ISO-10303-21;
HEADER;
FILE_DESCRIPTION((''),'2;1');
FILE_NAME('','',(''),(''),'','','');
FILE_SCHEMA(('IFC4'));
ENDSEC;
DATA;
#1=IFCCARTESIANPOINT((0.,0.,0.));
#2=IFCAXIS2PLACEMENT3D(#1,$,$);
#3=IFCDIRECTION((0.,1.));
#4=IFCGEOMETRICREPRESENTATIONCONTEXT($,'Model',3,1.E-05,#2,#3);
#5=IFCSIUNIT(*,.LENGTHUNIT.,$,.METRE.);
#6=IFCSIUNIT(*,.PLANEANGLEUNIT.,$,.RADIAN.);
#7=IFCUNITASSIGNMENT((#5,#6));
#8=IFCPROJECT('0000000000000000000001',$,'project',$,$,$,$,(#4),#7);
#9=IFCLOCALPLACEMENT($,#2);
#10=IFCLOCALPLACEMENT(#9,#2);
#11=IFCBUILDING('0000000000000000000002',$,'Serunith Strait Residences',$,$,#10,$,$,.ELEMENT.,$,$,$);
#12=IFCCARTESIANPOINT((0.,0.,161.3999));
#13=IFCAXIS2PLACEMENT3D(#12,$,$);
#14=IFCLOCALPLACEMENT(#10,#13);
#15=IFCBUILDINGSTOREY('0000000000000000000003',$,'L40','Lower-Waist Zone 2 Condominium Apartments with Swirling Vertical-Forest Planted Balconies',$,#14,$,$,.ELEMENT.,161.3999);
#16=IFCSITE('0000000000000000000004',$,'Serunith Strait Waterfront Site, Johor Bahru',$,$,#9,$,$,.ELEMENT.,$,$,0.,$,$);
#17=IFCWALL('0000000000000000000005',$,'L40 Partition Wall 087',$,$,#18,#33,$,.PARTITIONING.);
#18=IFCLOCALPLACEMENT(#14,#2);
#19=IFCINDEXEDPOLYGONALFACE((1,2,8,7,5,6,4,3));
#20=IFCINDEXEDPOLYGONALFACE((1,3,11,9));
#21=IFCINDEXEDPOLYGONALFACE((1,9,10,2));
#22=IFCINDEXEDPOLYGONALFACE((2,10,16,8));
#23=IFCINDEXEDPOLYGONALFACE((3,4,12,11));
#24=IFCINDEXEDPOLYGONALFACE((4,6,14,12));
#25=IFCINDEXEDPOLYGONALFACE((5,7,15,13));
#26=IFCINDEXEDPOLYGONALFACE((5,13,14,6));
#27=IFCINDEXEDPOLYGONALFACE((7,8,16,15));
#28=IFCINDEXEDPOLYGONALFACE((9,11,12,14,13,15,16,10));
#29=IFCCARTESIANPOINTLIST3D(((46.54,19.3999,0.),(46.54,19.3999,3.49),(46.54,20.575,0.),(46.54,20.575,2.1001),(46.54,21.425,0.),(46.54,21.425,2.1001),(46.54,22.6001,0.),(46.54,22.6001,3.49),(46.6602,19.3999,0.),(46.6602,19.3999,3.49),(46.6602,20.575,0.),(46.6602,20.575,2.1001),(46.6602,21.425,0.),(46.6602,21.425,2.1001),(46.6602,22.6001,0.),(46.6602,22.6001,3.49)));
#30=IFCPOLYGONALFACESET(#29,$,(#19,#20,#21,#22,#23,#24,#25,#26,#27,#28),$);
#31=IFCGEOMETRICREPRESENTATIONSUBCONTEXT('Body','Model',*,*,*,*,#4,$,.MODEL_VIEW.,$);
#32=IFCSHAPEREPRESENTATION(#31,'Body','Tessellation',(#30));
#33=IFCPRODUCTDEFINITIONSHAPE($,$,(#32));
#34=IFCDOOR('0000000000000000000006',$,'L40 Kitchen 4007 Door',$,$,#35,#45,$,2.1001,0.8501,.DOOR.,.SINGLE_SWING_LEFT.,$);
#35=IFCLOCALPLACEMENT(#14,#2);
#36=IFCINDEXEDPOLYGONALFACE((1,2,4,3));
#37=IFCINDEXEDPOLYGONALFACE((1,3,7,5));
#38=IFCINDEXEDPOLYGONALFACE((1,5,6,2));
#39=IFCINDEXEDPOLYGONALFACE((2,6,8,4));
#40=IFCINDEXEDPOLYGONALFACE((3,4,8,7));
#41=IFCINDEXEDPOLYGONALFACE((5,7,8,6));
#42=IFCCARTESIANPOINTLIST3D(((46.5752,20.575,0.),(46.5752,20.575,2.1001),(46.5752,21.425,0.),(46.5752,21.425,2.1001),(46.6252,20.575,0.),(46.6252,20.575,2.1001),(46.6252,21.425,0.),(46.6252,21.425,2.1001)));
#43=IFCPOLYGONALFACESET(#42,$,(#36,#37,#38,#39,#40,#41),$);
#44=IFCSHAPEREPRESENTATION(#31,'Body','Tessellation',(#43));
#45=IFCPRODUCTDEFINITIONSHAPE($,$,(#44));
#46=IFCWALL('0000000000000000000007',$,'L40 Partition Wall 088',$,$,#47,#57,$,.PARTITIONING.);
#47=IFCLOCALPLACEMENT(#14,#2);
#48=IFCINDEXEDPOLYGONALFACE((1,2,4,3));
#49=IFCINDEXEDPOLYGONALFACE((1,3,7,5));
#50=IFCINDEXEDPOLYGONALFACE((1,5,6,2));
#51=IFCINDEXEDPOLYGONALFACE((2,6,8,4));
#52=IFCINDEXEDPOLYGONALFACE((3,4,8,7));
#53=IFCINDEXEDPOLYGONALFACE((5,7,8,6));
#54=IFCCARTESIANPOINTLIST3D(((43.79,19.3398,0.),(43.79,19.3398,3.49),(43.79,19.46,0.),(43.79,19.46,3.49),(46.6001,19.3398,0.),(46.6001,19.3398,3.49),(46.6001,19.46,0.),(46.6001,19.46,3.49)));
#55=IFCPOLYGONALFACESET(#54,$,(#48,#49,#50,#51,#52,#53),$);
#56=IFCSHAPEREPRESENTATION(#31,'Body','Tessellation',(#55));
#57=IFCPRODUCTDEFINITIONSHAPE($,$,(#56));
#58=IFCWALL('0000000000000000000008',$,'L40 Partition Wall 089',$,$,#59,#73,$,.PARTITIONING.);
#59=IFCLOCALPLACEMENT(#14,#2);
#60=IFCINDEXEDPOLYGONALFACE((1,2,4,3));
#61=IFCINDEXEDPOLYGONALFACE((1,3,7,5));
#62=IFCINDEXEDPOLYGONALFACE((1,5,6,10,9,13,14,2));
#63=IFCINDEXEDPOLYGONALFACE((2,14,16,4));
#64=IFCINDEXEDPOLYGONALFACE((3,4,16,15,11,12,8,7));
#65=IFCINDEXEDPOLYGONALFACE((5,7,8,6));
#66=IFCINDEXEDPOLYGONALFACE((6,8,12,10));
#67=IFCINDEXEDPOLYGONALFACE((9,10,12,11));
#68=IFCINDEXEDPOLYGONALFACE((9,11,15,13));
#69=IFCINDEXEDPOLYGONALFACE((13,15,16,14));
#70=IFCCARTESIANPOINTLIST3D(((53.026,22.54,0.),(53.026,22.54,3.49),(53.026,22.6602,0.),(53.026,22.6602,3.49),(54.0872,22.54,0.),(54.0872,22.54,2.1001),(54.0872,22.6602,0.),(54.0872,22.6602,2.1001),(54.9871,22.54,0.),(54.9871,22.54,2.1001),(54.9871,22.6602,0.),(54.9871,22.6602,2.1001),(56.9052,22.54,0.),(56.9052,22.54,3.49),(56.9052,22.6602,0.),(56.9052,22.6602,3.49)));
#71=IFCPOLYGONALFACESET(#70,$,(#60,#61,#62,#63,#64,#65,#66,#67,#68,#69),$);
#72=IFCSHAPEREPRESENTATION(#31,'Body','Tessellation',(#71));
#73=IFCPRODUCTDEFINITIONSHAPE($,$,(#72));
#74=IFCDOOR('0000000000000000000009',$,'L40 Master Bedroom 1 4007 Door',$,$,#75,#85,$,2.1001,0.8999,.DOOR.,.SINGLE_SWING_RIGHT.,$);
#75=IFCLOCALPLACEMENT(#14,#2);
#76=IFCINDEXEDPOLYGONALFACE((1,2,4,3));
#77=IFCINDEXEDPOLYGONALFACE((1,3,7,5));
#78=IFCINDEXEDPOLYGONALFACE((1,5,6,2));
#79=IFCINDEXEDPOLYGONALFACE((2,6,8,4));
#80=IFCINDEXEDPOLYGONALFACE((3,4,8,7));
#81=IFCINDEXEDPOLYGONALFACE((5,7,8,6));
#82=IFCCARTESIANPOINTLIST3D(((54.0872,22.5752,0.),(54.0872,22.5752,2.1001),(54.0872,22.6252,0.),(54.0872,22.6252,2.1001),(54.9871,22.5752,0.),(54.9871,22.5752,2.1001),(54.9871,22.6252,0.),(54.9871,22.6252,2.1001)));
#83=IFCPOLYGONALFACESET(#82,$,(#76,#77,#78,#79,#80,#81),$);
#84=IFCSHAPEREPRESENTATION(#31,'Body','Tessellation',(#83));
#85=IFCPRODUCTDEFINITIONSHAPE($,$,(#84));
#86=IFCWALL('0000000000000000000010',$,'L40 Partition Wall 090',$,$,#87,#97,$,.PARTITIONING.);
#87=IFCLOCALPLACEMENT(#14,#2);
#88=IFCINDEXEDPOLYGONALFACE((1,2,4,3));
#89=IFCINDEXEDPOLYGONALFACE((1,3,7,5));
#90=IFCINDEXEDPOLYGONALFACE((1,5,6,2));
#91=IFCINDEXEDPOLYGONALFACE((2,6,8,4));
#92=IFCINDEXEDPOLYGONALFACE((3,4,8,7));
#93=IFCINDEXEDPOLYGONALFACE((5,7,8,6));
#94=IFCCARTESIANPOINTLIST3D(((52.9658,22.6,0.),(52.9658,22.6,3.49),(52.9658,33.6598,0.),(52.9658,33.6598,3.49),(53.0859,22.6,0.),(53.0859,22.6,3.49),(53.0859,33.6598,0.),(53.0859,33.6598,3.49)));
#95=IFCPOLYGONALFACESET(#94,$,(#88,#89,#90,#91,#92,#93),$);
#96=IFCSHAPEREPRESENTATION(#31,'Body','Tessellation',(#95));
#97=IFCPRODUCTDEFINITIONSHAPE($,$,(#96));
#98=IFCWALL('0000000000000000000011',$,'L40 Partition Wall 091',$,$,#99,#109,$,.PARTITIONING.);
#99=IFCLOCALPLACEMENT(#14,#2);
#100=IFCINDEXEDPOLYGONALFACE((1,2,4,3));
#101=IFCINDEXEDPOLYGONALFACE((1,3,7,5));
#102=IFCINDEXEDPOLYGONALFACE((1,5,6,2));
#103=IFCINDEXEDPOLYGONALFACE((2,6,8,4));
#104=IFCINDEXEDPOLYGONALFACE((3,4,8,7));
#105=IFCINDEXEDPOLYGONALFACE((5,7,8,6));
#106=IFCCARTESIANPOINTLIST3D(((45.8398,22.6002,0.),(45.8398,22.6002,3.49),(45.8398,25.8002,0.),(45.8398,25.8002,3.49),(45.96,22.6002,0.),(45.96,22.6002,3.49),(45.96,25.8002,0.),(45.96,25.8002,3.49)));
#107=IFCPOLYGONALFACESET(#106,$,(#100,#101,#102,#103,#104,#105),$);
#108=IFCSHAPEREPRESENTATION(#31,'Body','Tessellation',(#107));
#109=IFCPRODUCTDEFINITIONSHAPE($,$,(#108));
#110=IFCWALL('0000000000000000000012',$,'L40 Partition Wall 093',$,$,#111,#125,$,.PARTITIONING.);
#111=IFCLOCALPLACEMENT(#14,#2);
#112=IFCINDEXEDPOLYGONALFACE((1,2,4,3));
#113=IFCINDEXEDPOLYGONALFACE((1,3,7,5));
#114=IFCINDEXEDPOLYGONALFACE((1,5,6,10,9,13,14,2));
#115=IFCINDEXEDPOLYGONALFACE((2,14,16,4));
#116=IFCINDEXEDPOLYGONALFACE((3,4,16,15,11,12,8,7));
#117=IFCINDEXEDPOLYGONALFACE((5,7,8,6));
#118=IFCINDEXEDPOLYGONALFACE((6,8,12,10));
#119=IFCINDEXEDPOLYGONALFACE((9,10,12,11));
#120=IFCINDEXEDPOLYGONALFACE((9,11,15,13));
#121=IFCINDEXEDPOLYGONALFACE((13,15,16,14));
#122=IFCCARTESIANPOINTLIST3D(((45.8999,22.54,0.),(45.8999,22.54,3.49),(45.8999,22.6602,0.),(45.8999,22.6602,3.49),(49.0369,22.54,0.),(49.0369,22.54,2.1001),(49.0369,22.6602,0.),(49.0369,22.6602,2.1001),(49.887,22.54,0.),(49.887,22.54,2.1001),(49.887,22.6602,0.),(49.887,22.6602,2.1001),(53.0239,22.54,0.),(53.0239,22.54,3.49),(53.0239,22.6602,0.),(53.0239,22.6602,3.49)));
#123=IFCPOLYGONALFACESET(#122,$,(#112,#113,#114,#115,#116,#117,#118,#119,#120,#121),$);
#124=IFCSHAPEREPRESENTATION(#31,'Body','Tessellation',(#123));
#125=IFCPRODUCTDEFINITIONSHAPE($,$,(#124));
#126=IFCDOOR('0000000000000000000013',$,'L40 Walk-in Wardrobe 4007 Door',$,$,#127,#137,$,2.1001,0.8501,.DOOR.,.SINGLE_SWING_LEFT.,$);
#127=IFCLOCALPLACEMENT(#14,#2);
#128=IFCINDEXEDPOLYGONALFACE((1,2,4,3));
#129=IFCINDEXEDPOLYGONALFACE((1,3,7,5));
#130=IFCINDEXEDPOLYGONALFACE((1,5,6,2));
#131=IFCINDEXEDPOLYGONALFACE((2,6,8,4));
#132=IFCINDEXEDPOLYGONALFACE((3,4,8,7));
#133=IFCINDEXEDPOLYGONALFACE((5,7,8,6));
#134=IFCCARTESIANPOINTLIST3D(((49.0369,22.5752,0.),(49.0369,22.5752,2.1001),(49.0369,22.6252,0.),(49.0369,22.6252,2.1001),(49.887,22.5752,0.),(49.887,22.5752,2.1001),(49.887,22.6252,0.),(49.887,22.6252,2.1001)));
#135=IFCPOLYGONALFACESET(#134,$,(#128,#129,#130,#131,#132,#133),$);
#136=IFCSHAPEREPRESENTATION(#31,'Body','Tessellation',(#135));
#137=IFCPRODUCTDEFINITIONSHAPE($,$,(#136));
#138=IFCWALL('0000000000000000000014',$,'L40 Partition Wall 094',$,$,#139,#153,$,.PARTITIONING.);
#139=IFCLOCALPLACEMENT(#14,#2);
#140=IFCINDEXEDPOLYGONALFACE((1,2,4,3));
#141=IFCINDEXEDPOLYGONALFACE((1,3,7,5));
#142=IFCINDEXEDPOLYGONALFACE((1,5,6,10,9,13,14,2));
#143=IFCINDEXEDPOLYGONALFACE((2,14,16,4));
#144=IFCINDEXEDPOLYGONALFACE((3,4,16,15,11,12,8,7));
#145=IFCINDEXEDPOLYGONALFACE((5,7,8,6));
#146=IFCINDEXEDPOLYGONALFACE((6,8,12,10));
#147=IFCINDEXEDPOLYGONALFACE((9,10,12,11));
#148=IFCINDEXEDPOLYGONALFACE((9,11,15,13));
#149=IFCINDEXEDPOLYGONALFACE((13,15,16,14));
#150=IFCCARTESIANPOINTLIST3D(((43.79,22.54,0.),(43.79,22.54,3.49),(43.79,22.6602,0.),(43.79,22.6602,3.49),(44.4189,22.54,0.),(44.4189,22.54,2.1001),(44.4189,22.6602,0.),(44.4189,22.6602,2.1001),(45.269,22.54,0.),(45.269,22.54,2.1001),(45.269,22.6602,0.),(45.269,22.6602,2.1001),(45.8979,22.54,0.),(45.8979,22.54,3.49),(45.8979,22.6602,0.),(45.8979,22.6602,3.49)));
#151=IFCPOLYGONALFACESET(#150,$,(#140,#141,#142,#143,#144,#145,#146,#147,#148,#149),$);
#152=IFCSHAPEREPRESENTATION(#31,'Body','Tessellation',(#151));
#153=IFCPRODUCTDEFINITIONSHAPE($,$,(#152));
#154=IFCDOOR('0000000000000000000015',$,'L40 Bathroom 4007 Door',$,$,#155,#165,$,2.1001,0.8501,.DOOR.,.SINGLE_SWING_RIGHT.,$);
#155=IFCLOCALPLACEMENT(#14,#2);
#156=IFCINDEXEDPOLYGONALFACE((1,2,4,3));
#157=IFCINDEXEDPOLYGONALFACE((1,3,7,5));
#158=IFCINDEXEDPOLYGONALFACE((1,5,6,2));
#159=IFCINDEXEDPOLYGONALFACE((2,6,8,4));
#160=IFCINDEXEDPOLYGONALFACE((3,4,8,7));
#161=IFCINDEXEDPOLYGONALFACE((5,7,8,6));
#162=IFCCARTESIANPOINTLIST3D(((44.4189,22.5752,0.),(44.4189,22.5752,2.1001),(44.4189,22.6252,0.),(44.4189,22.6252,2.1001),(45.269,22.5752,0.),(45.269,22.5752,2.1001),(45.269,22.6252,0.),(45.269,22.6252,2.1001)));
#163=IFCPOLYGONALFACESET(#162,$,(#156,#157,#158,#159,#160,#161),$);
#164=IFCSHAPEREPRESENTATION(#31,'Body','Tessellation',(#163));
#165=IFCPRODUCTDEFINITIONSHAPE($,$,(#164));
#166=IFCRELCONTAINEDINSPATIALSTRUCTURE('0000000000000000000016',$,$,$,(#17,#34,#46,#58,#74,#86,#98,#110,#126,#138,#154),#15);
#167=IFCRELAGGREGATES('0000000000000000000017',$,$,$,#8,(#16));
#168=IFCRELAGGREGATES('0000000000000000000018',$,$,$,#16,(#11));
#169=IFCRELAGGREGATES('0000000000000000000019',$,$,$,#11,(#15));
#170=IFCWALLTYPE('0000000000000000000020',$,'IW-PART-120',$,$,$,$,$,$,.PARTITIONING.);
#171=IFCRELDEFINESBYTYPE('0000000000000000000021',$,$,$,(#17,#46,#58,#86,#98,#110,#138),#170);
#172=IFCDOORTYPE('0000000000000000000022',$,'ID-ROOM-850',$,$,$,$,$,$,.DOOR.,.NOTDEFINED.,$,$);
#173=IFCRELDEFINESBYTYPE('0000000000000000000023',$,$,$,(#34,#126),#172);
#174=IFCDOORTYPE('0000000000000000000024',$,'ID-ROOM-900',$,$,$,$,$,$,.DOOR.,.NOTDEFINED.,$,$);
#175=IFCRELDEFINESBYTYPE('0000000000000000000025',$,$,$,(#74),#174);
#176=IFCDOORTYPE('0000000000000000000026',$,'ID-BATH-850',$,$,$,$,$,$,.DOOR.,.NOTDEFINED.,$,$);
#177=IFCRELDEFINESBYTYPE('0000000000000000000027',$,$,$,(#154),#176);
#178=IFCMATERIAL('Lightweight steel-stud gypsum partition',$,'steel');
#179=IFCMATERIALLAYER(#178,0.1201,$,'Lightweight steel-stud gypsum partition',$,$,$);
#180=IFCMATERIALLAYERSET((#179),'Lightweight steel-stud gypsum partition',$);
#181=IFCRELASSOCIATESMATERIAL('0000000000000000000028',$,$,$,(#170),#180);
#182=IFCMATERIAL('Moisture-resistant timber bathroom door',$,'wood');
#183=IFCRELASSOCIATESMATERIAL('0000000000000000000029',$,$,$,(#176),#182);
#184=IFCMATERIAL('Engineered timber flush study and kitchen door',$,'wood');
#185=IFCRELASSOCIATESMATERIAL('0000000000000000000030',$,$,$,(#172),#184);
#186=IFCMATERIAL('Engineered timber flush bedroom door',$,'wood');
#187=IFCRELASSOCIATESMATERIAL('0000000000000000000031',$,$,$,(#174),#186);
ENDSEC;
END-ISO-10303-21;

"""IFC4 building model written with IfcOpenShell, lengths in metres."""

from ifc_helpers import new_model, si_unit, direction, frame, frame_2d, origin, place, context, subcontext, project, spatial, rectangle, extrude, source, transform, mapped, material, layer, layer_set, type_object, element, fill, save


model = new_model("IFC4")

# Units and contexts
model_context = context("Model", 3, precision=1e-05, world=origin(), true_north=direction((0.0, 1.0)))
body_context = subcontext(model_context, "Body", "Model", "MODEL_VIEW")
ifc_project = project(units=[si_unit("LENGTHUNIT", "METRE"), si_unit("PLANEANGLEUNIT", "RADIAN")], contexts=[model_context])

# Site, building, storey
site_placement = place(None, origin())
site = spatial("IfcSite", under=ifc_project, at=site_placement, Name="Serunith Strait Waterfront Site, Johor Bahru", CompositionType="ELEMENT", RefElevation=0.0)
building_placement = place(site_placement, origin())
building = spatial("IfcBuilding", under=site, at=building_placement, Name="Serunith Strait Residences", CompositionType="ELEMENT")
storey_placement = place(building_placement, frame((0.0, 0.0, 161.3999)))
storey = spatial("IfcBuildingStorey", under=building, at=storey_placement, Name="L40", Description="Lower-Waist Zone 2 Condominium Apartments with Swirling Vertical-Forest Planted Balconies", CompositionType="ELEMENT", Elevation=161.3999)

# Shared definitions
ifc_material_1 = material(Name="Lightweight steel-stud gypsum partition", Category="steel")
ifc_layer_1 = layer(ifc_material_1, 0.1201, Name="Lightweight steel-stud gypsum partition")
ifc_layer_set_1 = layer_set([ifc_layer_1], Name="Lightweight steel-stud gypsum partition")
wall_type = type_object("IfcWallType", Name="IW-PART-120", PredefinedType="PARTITIONING", material=ifc_layer_set_1)

# Wall, opening, door
ifc_material_2 = material(Name="Moisture-resistant timber bathroom door", Category="wood")
door_type_1 = type_object("IfcDoorType", Name="ID-BATH-850", OperationType="NOTDEFINED", PredefinedType="DOOR", material=ifc_material_2)
shared_shape_1 = source(origin(), body_context, "Body", "SweptSolid", [
    extrude(rectangle(XDim=0.8501, YDim=2.1001, at=frame_2d((0.425, 1.05))), frame((0.0, 0.0249, 0.0), z_axis=(0.0, -1.0, 0.0), x_axis=(1.0, 0.0, 0.0)), (0.0, 0.0, 1.0), 0.05),
])
wall_1_placement = place(storey_placement, frame((46.6001, 19.3999, 0.0), z_axis=(0.0, 0.0, 1.0), x_axis=(0.0, 1.0, 0.0)))
wall_1 = element("IfcWall", 1, at=wall_1_placement, inside=storey, type_object=wall_type, Name="L40 Partition Wall 087", PredefinedType="PARTITIONING", context=body_context, shape_type="SweptSolid", body=[
    extrude(rectangle(XDim=3.2002, YDim=0.1201, at=frame_2d((1.6001, 0.0))), origin(), (0.0, 0.0, 1.0), 3.49),
])
opening_1_placement = place(wall_1_placement, frame((1.175, 0.0, 0.0)))
opening_1 = element("IfcOpeningElement", 2, at=opening_1_placement, cuts=wall_1, PredefinedType="OPENING", context=body_context, shape_type="SweptSolid", body=[
    extrude(rectangle(XDim=0.8501, YDim=2.1001, at=frame_2d((0.425, 1.05))), frame((0.0, 0.0701, 0.0), z_axis=(0.0, -1.0, 0.0), x_axis=(1.0, 0.0, 0.0)), (0.0, 0.0, 1.0), 0.1401),
])
ifc_material_3 = material(Name="Engineered timber flush study and kitchen door", Category="wood")
door_type_2 = type_object("IfcDoorType", Name="ID-ROOM-850", OperationType="NOTDEFINED", PredefinedType="DOOR", material=ifc_material_3)
door_1_placement = place(opening_1_placement, origin())
door_1 = element("IfcDoor", 3, at=door_1_placement, inside=storey, type_object=door_type_2, Name="L40 Kitchen 4007 Door", OperationType="SINGLE_SWING_LEFT", OverallHeight=2.1001, OverallWidth=0.8501, PredefinedType="DOOR", context=body_context, shape_type="MappedRepresentation", body=[
    mapped(shared_shape_1, transform((0.0, 0.0, 0.0), scale=1.0)),
])
fill(opening_1, door_1)

# Wall
wall_2_placement = place(storey_placement, frame((46.6001, 19.3999, 0.0), z_axis=(0.0, 0.0, 1.0), x_axis=(-1.0, 0.0, 0.0)))
element("IfcWall", 4, at=wall_2_placement, inside=storey, type_object=wall_type, Name="L40 Partition Wall 088", PredefinedType="PARTITIONING", context=body_context, shape_type="SweptSolid", body=[
    extrude(rectangle(XDim=2.8101, YDim=0.1201, at=frame_2d((1.405, 0.0))), origin(), (0.0, 0.0, 1.0), 3.49),
])

# Wall, opening, door
wall_3_placement = place(storey_placement, frame((56.905, 22.6001, 0.0), z_axis=(0.0, 0.0, 1.0), x_axis=(-1.0, 0.0, 0.0)))
wall_3 = element("IfcWall", 5, at=wall_3_placement, inside=storey, type_object=wall_type, Name="L40 Partition Wall 089", PredefinedType="PARTITIONING", context=body_context, shape_type="SweptSolid", body=[
    extrude(rectangle(XDim=3.8792, YDim=0.1201, at=frame_2d((1.9395, 0.0))), origin(), (0.0, 0.0, 1.0), 3.49),
])
opening_2_placement = place(wall_3_placement, frame((1.918, 0.0, 0.0)))
opening_2 = element("IfcOpeningElement", 6, at=opening_2_placement, cuts=wall_3, PredefinedType="OPENING", context=body_context, shape_type="SweptSolid", body=[
    extrude(rectangle(XDim=0.8999, YDim=2.1001, at=frame_2d((0.45, 1.05))), frame((0.0, 0.0701, 0.0), z_axis=(0.0, -1.0, 0.0), x_axis=(1.0, 0.0, 0.0)), (0.0, 0.0, 1.0), 0.1401),
])
ifc_material_4 = material(Name="Engineered timber flush bedroom door", Category="wood")
door_type_3 = type_object("IfcDoorType", Name="ID-ROOM-900", OperationType="NOTDEFINED", PredefinedType="DOOR", material=ifc_material_4)
shared_shape_2 = source(origin(), body_context, "Body", "SweptSolid", [
    extrude(rectangle(XDim=0.8999, YDim=2.1001, at=frame_2d((0.45, 1.05))), frame((0.0, 0.0249, 0.0), z_axis=(0.0, -1.0, 0.0), x_axis=(1.0, 0.0, 0.0)), (0.0, 0.0, 1.0), 0.05),
])
door_2_placement = place(opening_2_placement, origin())
door_2 = element("IfcDoor", 7, at=door_2_placement, inside=storey, type_object=door_type_3, Name="L40 Master Bedroom 1 4007 Door", OperationType="SINGLE_SWING_RIGHT", OverallHeight=2.1001, OverallWidth=0.8999, PredefinedType="DOOR", context=body_context, shape_type="MappedRepresentation", body=[
    mapped(shared_shape_2, transform((0.0, 0.0, 0.0), scale=1.0)),
])
fill(opening_2, door_2)

# Walls
wall_4_placement = place(storey_placement, frame((53.0259, 22.6001, 0.0), z_axis=(0.0, 0.0, 1.0), x_axis=(0.0, 1.0, 0.0)))
element("IfcWall", 8, at=wall_4_placement, inside=storey, type_object=wall_type, Name="L40 Partition Wall 090", PredefinedType="PARTITIONING", context=body_context, shape_type="SweptSolid", body=[
    extrude(rectangle(XDim=11.0598, YDim=0.1201, at=frame_2d((5.5298, 0.0))), origin(), (0.0, 0.0, 1.0), 3.49),
])
wall_5_placement = place(storey_placement, frame((45.8999, 22.6001, 0.0), z_axis=(0.0, 0.0, 1.0), x_axis=(0.0, 1.0, 0.0)))
element("IfcWall", 9, at=wall_5_placement, inside=storey, type_object=wall_type, Name="L40 Partition Wall 091", PredefinedType="PARTITIONING", context=body_context, shape_type="SweptSolid", body=[
    extrude(rectangle(XDim=3.2, YDim=0.1201, at=frame_2d((1.6001, 0.0))), origin(), (0.0, 0.0, 1.0), 3.49),
])

# Walls, openings, doors
wall_6_placement = place(storey_placement, frame((53.0239, 22.6001, 0.0), z_axis=(0.0, 0.0, 1.0), x_axis=(-1.0, 0.0, 0.0)))
wall_6 = element("IfcWall", 10, at=wall_6_placement, inside=storey, type_object=wall_type, Name="L40 Partition Wall 093", PredefinedType="PARTITIONING", context=body_context, shape_type="SweptSolid", body=[
    extrude(rectangle(XDim=7.124, YDim=0.1201, at=frame_2d((3.562, 0.0))), origin(), (0.0, 0.0, 1.0), 3.49),
])
opening_3_placement = place(wall_6_placement, frame((3.137, 0.0, 0.0)))
opening_3 = element("IfcOpeningElement", 11, at=opening_3_placement, cuts=wall_6, PredefinedType="OPENING", context=body_context, shape_type="SweptSolid", body=[
    extrude(rectangle(XDim=0.8501, YDim=2.1001, at=frame_2d((0.425, 1.05))), frame((0.0, 0.0701, 0.0), z_axis=(0.0, -1.0, 0.0), x_axis=(1.0, 0.0, 0.0)), (0.0, 0.0, 1.0), 0.1401),
])
door_3_placement = place(opening_3_placement, origin())
door_3 = element("IfcDoor", 12, at=door_3_placement, inside=storey, type_object=door_type_2, Name="L40 Walk-in Wardrobe 4007 Door", OperationType="SINGLE_SWING_LEFT", OverallHeight=2.1001, OverallWidth=0.8501, PredefinedType="DOOR", context=body_context, shape_type="MappedRepresentation", body=[
    mapped(shared_shape_1, transform((0.0, 0.0, 0.0), scale=1.0)),
])
fill(opening_3, door_3)
wall_7_placement = place(storey_placement, frame((45.8979, 22.6001, 0.0), z_axis=(0.0, 0.0, 1.0), x_axis=(-1.0, 0.0, 0.0)))
wall_7 = element("IfcWall", 13, at=wall_7_placement, inside=storey, type_object=wall_type, Name="L40 Partition Wall 094", PredefinedType="PARTITIONING", context=body_context, shape_type="SweptSolid", body=[
    extrude(rectangle(XDim=2.1079, YDim=0.1201, at=frame_2d((1.054, 0.0))), origin(), (0.0, 0.0, 1.0), 3.49),
])
opening_4_placement = place(wall_7_placement, frame((0.6289, 0.0, 0.0)))
opening_4 = element("IfcOpeningElement", 14, at=opening_4_placement, cuts=wall_7, PredefinedType="OPENING", context=body_context, shape_type="SweptSolid", body=[
    extrude(rectangle(XDim=0.8501, YDim=2.1001, at=frame_2d((0.425, 1.05))), frame((0.0, 0.0701, 0.0), z_axis=(0.0, -1.0, 0.0), x_axis=(1.0, 0.0, 0.0)), (0.0, 0.0, 1.0), 0.1401),
])
door_4_placement = place(opening_4_placement, origin())
door_4 = element("IfcDoor", 15, at=door_4_placement, inside=storey, type_object=door_type_1, Name="L40 Bathroom 4007 Door", OperationType="SINGLE_SWING_RIGHT", OverallHeight=2.1001, OverallWidth=0.8501, PredefinedType="DOOR", context=body_context, shape_type="MappedRepresentation", body=[
    mapped(shared_shape_1, transform((0.0, 0.0, 0.0), scale=1.0)),
])
fill(opening_4, door_4)

save(model, "model.ifc")
